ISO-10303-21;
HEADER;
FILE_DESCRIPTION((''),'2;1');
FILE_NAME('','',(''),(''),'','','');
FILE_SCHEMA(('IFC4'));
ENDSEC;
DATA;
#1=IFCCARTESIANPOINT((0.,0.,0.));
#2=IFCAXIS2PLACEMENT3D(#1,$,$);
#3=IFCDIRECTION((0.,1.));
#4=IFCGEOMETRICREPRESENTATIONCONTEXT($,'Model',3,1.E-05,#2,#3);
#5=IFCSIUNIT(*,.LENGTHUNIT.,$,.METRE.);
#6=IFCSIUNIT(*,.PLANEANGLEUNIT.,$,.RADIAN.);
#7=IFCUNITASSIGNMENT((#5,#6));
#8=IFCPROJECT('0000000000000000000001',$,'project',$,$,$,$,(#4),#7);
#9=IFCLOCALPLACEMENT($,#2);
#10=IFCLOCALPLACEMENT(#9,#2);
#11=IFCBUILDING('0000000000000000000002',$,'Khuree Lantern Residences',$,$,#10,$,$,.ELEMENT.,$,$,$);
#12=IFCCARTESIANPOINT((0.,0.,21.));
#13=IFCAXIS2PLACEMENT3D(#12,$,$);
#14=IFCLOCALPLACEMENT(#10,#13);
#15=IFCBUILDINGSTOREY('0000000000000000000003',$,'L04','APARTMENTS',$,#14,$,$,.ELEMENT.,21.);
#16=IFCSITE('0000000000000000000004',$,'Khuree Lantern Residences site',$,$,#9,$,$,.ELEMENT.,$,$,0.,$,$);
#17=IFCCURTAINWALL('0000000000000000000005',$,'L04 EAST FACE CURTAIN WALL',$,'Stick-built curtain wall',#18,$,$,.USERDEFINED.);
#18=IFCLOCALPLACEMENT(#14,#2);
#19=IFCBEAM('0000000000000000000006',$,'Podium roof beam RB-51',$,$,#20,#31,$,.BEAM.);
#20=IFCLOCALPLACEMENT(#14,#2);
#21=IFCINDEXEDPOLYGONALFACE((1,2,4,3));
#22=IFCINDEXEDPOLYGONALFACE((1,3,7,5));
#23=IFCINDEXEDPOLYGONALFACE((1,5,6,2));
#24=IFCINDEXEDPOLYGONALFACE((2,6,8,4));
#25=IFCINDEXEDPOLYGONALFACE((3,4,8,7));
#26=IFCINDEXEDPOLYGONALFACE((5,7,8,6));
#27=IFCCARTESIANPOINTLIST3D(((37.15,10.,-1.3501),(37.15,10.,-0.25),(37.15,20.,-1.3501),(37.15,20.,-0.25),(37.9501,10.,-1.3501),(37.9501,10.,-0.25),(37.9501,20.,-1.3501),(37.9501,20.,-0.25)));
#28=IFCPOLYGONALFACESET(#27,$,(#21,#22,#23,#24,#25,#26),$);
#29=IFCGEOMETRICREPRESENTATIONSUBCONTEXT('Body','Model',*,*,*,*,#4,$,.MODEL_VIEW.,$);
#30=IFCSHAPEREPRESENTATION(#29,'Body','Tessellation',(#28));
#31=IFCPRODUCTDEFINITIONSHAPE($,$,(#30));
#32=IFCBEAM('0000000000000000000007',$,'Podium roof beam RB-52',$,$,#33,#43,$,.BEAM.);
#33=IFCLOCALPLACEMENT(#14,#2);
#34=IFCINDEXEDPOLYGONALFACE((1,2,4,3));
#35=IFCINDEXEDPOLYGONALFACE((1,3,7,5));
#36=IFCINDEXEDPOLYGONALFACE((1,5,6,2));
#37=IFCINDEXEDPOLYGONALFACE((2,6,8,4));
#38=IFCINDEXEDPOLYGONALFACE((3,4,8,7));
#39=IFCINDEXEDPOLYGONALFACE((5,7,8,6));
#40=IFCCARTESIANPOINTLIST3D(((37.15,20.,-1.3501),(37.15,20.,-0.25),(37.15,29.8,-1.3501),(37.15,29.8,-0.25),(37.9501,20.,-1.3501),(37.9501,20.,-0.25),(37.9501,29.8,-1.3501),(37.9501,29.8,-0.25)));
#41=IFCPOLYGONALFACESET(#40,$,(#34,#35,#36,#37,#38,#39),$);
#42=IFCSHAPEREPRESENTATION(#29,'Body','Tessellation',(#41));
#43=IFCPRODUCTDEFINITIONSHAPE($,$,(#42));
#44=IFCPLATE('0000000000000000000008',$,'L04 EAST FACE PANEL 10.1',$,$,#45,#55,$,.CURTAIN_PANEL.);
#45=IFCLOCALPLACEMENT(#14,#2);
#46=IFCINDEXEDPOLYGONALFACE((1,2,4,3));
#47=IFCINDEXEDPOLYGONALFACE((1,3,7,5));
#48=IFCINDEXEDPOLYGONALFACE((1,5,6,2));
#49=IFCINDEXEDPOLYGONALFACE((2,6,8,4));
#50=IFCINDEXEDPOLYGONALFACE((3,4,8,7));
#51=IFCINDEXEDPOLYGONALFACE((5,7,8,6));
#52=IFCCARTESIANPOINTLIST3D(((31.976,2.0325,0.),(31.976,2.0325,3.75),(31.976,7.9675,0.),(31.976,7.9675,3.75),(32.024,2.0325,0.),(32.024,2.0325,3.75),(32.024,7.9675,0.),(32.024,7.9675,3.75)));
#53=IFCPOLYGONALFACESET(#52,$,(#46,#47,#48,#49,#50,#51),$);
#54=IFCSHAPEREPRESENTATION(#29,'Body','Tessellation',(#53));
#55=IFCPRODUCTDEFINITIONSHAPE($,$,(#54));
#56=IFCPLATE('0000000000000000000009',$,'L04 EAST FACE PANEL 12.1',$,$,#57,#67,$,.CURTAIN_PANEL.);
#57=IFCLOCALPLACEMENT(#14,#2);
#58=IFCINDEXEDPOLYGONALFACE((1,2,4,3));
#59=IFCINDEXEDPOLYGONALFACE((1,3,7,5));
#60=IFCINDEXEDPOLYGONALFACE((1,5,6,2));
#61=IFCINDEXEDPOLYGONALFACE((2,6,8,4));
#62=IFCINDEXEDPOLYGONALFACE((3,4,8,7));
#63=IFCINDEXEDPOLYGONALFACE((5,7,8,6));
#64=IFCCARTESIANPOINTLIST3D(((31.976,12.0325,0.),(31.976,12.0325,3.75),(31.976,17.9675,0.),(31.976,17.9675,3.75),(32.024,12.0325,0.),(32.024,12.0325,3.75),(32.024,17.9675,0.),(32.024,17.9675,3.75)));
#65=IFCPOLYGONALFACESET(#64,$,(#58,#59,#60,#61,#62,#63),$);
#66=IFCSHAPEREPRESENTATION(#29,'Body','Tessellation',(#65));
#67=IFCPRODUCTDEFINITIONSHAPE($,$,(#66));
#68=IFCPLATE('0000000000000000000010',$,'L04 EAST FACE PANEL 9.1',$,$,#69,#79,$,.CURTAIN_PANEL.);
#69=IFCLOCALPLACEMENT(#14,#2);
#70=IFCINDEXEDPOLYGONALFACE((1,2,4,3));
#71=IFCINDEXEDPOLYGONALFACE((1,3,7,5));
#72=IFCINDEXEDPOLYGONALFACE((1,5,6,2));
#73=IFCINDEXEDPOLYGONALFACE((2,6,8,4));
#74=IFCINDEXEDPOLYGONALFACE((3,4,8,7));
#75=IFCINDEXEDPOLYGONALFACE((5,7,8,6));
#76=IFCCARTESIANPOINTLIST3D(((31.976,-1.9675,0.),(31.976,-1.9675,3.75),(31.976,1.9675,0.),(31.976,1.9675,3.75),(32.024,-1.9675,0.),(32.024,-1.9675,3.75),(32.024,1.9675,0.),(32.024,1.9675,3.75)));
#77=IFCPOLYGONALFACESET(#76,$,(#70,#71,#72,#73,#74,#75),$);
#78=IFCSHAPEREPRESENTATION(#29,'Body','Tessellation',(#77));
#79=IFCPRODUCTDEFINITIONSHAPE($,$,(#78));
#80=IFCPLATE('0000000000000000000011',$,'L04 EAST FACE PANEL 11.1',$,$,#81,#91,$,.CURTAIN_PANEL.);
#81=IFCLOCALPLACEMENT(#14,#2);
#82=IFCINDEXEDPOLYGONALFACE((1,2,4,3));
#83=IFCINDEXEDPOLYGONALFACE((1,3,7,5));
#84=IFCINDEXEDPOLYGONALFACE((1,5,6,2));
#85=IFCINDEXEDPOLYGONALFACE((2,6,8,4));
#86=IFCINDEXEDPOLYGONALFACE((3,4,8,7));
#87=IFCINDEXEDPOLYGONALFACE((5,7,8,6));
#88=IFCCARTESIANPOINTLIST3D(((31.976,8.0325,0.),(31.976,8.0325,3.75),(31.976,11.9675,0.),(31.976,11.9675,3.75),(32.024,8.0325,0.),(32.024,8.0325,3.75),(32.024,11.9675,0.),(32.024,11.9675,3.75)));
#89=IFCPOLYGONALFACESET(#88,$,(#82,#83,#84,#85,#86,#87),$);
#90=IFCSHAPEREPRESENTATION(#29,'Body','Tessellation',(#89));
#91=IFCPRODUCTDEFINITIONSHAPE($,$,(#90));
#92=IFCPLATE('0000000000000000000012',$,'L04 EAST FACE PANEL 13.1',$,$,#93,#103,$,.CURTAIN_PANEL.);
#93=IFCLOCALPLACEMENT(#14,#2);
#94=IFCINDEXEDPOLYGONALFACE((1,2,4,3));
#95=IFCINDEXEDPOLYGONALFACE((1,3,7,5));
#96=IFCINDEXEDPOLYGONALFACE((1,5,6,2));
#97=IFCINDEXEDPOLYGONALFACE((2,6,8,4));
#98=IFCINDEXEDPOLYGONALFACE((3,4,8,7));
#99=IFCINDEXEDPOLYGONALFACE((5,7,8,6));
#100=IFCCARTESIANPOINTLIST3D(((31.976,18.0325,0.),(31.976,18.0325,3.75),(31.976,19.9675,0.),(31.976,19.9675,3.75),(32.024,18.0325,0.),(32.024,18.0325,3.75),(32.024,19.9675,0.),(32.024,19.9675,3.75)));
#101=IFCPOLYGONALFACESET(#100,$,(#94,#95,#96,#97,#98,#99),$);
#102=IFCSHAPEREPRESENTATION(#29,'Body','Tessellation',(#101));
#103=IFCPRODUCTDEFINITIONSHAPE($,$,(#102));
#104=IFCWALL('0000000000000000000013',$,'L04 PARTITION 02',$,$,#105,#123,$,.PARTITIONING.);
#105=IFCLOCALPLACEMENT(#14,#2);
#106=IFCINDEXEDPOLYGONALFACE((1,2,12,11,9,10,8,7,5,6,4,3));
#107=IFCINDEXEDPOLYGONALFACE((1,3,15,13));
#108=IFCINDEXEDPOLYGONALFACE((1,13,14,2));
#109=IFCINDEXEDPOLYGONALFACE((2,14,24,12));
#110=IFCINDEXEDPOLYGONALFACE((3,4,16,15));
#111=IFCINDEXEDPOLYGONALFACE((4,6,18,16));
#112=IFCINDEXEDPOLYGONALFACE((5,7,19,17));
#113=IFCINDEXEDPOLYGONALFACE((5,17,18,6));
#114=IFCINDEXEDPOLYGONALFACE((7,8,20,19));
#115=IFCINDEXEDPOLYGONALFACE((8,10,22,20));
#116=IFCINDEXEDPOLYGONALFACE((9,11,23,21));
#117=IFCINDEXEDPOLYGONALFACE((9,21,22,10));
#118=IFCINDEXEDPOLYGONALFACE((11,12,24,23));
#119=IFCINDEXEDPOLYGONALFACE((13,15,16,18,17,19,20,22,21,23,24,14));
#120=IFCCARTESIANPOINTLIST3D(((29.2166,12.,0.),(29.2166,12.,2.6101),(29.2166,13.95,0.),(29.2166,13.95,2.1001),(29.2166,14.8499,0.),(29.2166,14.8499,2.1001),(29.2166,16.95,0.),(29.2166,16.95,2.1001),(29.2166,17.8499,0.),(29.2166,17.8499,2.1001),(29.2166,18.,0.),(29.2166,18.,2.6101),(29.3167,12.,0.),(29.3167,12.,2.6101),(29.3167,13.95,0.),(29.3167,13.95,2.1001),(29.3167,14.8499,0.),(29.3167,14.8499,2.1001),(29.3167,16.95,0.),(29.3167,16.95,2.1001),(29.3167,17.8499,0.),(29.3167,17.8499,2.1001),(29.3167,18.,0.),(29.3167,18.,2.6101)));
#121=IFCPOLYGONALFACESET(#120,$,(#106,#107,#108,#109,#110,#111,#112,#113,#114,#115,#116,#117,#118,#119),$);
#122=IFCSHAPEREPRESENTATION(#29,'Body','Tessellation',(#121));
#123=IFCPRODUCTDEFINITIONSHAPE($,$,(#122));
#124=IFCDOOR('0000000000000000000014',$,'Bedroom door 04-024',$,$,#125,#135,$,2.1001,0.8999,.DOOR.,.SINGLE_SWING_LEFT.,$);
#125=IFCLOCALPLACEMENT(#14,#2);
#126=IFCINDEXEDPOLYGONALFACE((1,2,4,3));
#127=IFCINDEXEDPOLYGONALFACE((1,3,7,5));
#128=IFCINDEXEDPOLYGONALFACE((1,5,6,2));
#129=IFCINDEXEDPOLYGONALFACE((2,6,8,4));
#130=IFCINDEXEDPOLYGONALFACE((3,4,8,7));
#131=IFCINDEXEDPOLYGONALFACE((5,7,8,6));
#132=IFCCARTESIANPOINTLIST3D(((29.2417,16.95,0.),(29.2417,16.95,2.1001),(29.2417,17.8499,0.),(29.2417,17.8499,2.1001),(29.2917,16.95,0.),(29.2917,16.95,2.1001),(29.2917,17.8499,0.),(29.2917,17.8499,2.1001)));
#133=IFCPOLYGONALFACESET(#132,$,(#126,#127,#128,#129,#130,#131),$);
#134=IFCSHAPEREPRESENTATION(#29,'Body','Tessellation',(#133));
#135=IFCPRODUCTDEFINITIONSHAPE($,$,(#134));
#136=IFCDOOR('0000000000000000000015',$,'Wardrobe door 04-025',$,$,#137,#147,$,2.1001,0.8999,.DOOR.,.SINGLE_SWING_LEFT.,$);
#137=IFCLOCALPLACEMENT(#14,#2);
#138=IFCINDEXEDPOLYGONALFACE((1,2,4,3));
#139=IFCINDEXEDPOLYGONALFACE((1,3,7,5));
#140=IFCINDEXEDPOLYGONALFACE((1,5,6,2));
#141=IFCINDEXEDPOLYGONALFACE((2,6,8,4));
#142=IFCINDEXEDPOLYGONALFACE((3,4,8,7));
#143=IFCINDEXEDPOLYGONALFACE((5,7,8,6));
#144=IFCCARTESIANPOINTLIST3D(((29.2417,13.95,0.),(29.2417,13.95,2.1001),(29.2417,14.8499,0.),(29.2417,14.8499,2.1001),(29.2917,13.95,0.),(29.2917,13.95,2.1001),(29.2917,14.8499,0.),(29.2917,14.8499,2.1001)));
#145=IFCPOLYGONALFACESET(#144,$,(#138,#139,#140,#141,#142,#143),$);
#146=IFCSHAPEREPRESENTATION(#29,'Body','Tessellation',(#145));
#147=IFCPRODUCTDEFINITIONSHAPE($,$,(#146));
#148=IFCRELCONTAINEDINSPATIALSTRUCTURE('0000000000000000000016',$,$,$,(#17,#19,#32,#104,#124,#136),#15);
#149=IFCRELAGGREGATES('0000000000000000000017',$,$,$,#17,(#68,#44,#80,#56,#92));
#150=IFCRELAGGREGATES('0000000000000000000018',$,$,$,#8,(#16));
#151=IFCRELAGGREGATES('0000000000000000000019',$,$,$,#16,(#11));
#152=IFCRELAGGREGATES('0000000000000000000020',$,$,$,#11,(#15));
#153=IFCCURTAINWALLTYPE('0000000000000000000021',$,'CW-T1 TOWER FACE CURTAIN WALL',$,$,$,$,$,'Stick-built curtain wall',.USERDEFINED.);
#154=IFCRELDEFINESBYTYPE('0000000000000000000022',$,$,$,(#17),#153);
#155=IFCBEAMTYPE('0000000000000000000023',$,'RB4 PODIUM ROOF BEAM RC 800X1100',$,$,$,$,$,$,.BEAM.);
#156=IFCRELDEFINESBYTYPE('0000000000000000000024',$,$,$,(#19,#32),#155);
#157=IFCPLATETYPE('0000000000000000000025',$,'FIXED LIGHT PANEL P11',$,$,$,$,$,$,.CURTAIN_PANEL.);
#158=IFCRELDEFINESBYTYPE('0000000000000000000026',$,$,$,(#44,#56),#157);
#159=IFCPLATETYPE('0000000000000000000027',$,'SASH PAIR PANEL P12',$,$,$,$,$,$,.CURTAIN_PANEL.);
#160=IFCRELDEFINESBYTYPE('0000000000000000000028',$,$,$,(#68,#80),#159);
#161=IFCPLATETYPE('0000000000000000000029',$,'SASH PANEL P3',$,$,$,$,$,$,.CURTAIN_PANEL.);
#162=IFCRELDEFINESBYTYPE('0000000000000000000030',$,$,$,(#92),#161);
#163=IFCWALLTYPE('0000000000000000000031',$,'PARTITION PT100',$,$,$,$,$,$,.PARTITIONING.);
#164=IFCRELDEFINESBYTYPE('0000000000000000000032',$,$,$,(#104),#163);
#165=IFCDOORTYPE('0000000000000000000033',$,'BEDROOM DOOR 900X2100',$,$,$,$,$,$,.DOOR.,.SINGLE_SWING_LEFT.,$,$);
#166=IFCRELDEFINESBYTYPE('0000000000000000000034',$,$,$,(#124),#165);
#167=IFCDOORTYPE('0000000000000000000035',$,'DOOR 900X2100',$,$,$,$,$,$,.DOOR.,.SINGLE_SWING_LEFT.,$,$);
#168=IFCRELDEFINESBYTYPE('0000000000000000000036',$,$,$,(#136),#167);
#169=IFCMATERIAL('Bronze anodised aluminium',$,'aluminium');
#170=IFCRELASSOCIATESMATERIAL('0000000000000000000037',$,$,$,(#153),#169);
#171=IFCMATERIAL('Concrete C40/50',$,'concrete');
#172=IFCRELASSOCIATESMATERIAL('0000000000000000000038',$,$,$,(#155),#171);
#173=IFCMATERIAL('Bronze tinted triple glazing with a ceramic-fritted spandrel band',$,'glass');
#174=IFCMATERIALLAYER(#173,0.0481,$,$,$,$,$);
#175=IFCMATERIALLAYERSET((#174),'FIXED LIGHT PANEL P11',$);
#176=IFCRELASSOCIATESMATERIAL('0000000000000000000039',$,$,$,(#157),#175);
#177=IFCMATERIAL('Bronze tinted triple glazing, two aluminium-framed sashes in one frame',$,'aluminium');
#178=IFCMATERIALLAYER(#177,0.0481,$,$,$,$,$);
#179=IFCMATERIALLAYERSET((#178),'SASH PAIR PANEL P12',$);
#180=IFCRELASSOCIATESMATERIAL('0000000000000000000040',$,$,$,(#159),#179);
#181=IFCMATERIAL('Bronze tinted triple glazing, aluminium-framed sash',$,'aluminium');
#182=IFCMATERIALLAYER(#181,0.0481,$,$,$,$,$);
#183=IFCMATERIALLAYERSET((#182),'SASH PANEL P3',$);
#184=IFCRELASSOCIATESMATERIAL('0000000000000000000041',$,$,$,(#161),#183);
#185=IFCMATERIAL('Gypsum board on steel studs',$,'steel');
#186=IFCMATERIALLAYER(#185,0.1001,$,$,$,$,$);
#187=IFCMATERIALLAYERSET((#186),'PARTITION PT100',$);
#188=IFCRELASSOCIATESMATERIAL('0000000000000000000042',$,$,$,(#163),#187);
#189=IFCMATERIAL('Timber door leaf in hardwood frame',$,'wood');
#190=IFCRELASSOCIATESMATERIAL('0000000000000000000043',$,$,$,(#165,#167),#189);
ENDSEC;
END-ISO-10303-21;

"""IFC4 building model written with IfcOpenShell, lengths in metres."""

from ifc_helpers import new_model, si_unit, direction, frame, frame_2d, origin, origin_2d, place, context, subcontext, project, spatial, rectangle, extrude, material, layer, layer_set, material_profile, profile_set, type_object, element, fill, aggregate, save


model = new_model("IFC4")

# Units and contexts
model_context = context("Model", 3, precision=1e-05, world=origin(), true_north=direction((0.0, 1.0)))
body_context = subcontext(model_context, "Body", "Model", "MODEL_VIEW")
ifc_project = project(units=[si_unit("LENGTHUNIT", "METRE"), si_unit("PLANEANGLEUNIT", "RADIAN")], contexts=[model_context])

# Site, building, storey
site_placement = place(None, origin())
site = spatial("IfcSite", under=ifc_project, at=site_placement, Name="Khuree Lantern Residences site", CompositionType="ELEMENT", RefElevation=0.0)
building_placement = place(site_placement, origin())
building = spatial("IfcBuilding", under=site, at=building_placement, Name="Khuree Lantern Residences", CompositionType="ELEMENT")
storey_placement = place(building_placement, frame((0.0, 0.0, 21.0)))
storey = spatial("IfcBuildingStorey", under=building, at=storey_placement, Name="L04", Description="APARTMENTS", CompositionType="ELEMENT", Elevation=21.0)

# Curtain wall
ifc_material_1 = material(Name="Bronze anodised aluminium", Category="aluminium")
curtain_wall_type = type_object("IfcCurtainWallType", Name="CW-T1 TOWER FACE CURTAIN WALL", ElementType="Stick-built curtain wall", PredefinedType="USERDEFINED", material=ifc_material_1)
curtain_wall_placement = place(storey_placement, origin())
curtain_wall = element("IfcCurtainWall", 1, at=curtain_wall_placement, inside=storey, type_object=curtain_wall_type, Name="L04 EAST FACE CURTAIN WALL", ObjectType="Stick-built curtain wall", PredefinedType="USERDEFINED")

# Beams
ifc_material_2 = material(Name="Concrete C40/50", Category="concrete")
ifc_material_profile_1 = material_profile(ifc_material_2, rectangle(XDim=0.8, YDim=1.1001, at=origin_2d()), Name="RC 800X1100")
ifc_profile_set_1 = profile_set([ifc_material_profile_1], Name="Concrete C40/50")
beam_type_1 = type_object("IfcBeamType", Name="RB4 PODIUM ROOF BEAM RC 800X1100", PredefinedType="BEAM", material=ifc_profile_set_1)
for number, where, z_axis, x_axis, name in (
    (2, (37.55, 10.0, -0.8), (0.0, 1.0, 0.0), (-1.0, 0.0, 0.0), "Podium roof beam RB-51"),
):
    element("IfcBeam", number, at=place(storey_placement, frame(where, z_axis=z_axis, x_axis=x_axis)), inside=storey, type_object=beam_type_1, Name=name, PredefinedType="BEAM", context=body_context, shape_type="SweptSolid", body=[
        extrude(rectangle(XDim=0.8, YDim=1.1001, at=origin_2d()), origin(), (0.0, 0.0, 1.0), 10.0),
    ])
beam_1_placement = place(storey_placement, frame((37.55, 20.0, -0.8), z_axis=(0.0, 1.0, 0.0), x_axis=(-1.0, 0.0, 0.0)))
element("IfcBeam", 3, at=beam_1_placement, inside=storey, type_object=beam_type_1, Name="Podium roof beam RB-52", PredefinedType="BEAM", context=body_context, shape_type="SweptSolid", body=[
    extrude(rectangle(XDim=0.8, YDim=1.1001, at=origin_2d()), origin(), (0.0, 0.0, 1.0), 9.8),
])

# Plates
ifc_material_3 = material(Name="Bronze tinted triple glazing with a ceramic-fritted spandrel band", Category="glass")
ifc_layer_1 = layer(ifc_material_3, 0.0481)
ifc_layer_set_1 = layer_set([ifc_layer_1], Name="FIXED LIGHT PANEL P11")
plate_type_1 = type_object("IfcPlateType", Name="FIXED LIGHT PANEL P11", PredefinedType="CURTAIN_PANEL", material=ifc_layer_set_1)
plate_1_placement = place(storey_placement, frame((32.0, 5.0, 0.0), z_axis=(0.0, 0.0, 1.0), x_axis=(0.0, 1.0, 0.0)))
plate_1 = element("IfcPlate", 4, at=plate_1_placement, type_object=plate_type_1, Name="L04 EAST FACE PANEL 10.1", PredefinedType="CURTAIN_PANEL", context=body_context, shape_type="SweptSolid", body=[
    extrude(rectangle(XDim=5.9351, YDim=0.0481, at=origin_2d()), origin(), (0.0, 0.0, 1.0), 3.75),
])
plate_2_placement = place(storey_placement, frame((32.0, 15.0, 0.0), z_axis=(0.0, 0.0, 1.0), x_axis=(0.0, 1.0, 0.0)))
plate_2 = element("IfcPlate", 5, at=plate_2_placement, type_object=plate_type_1, Name="L04 EAST FACE PANEL 12.1", PredefinedType="CURTAIN_PANEL", context=body_context, shape_type="SweptSolid", body=[
    extrude(rectangle(XDim=5.9351, YDim=0.0481, at=origin_2d()), origin(), (0.0, 0.0, 1.0), 3.75),
])
ifc_material_4 = material(Name="Bronze tinted triple glazing, two aluminium-framed sashes in one frame", Category="aluminium")
ifc_layer_2 = layer(ifc_material_4, 0.0481)
ifc_layer_set_2 = layer_set([ifc_layer_2], Name="SASH PAIR PANEL P12")
plate_type_2 = type_object("IfcPlateType", Name="SASH PAIR PANEL P12", PredefinedType="CURTAIN_PANEL", material=ifc_layer_set_2)
plate_3_placement = place(storey_placement, frame((32.0, 0.0, 0.0), z_axis=(0.0, 0.0, 1.0), x_axis=(0.0, 1.0, 0.0)))
plate_3 = element("IfcPlate", 6, at=plate_3_placement, type_object=plate_type_2, Name="L04 EAST FACE PANEL 9.1", PredefinedType="CURTAIN_PANEL", context=body_context, shape_type="SweptSolid", body=[
    extrude(rectangle(XDim=3.9351, YDim=0.0481, at=origin_2d()), origin(), (0.0, 0.0, 1.0), 3.75),
])
plate_4_placement = place(storey_placement, frame((32.0, 10.0, 0.0), z_axis=(0.0, 0.0, 1.0), x_axis=(0.0, 1.0, 0.0)))
plate_4 = element("IfcPlate", 7, at=plate_4_placement, type_object=plate_type_2, Name="L04 EAST FACE PANEL 11.1", PredefinedType="CURTAIN_PANEL", context=body_context, shape_type="SweptSolid", body=[
    extrude(rectangle(XDim=3.9351, YDim=0.0481, at=origin_2d()), origin(), (0.0, 0.0, 1.0), 3.75),
])
ifc_material_5 = material(Name="Bronze tinted triple glazing, aluminium-framed sash", Category="aluminium")
ifc_layer_3 = layer(ifc_material_5, 0.0481)
ifc_layer_set_3 = layer_set([ifc_layer_3], Name="SASH PANEL P3")
plate_type_3 = type_object("IfcPlateType", Name="SASH PANEL P3", PredefinedType="CURTAIN_PANEL", material=ifc_layer_set_3)
plate_5_placement = place(storey_placement, frame((32.0, 19.0, 0.0), z_axis=(0.0, 0.0, 1.0), x_axis=(0.0, 1.0, 0.0)))
plate_5 = element("IfcPlate", 8, at=plate_5_placement, type_object=plate_type_3, Name="L04 EAST FACE PANEL 13.1", PredefinedType="CURTAIN_PANEL", context=body_context, shape_type="SweptSolid", body=[
    extrude(rectangle(XDim=1.9351, YDim=0.0481, at=origin_2d()), origin(), (0.0, 0.0, 1.0), 3.75),
])
aggregate(curtain_wall, [plate_3, plate_1, plate_4, plate_2, plate_5])

# Wall, openings, doors
ifc_material_6 = material(Name="Gypsum board on steel studs", Category="steel")
ifc_layer_4 = layer(ifc_material_6, 0.1001)
ifc_layer_set_4 = layer_set([ifc_layer_4], Name="PARTITION PT100")
wall_type = type_object("IfcWallType", Name="PARTITION PT100", PredefinedType="PARTITIONING", material=ifc_layer_set_4)
wall_placement = place(storey_placement, frame((29.2666, 12.0, 0.0), z_axis=(0.0, 0.0, 1.0), x_axis=(0.0, 1.0, 0.0)))
wall = element("IfcWall", 9, at=wall_placement, inside=storey, type_object=wall_type, Name="L04 PARTITION 02", PredefinedType="PARTITIONING", context=body_context, shape_type="SweptSolid", body=[
    extrude(rectangle(XDim=6.0, YDim=0.1001, at=frame_2d((3.0, 0.0))), origin(), (0.0, 0.0, 1.0), 2.6101),
])
opening_1_placement = place(wall_placement, frame((4.95, 0.0, 0.0)))
opening_1 = element("IfcOpeningElement", 10, at=opening_1_placement, cuts=wall, PredefinedType="OPENING", context=body_context, shape_type="SweptSolid", body=[
    extrude(rectangle(XDim=0.8999, YDim=2.1001, at=frame_2d((0.45, 1.05))), frame((0.0, 0.0601, 0.0), z_axis=(0.0, -1.0, 0.0), x_axis=(1.0, 0.0, 0.0)), (0.0, 0.0, 1.0), 0.1201),
])
opening_2_placement = place(wall_placement, frame((1.95, 0.0, 0.0)))
opening_2 = element("IfcOpeningElement", 11, at=opening_2_placement, cuts=wall, PredefinedType="OPENING", context=body_context, shape_type="SweptSolid", body=[
    extrude(rectangle(XDim=0.8999, YDim=2.1001, at=frame_2d((0.45, 1.05))), frame((0.0, 0.0601, 0.0), z_axis=(0.0, -1.0, 0.0), x_axis=(1.0, 0.0, 0.0)), (0.0, 0.0, 1.0), 0.1201),
])
ifc_material_7 = material(Name="Timber door leaf in hardwood frame", Category="wood")
door_type_1 = type_object("IfcDoorType", Name="BEDROOM DOOR 900X2100", OperationType="SINGLE_SWING_LEFT", PredefinedType="DOOR", material=ifc_material_7)
door_1_placement = place(opening_1_placement, origin())
door_1 = element("IfcDoor", 12, at=door_1_placement, inside=storey, type_object=door_type_1, Name="Bedroom door 04-024", OperationType="SINGLE_SWING_LEFT", OverallHeight=2.1001, OverallWidth=0.8999, PredefinedType="DOOR", context=body_context, shape_type="SweptSolid", body=[
    extrude(rectangle(XDim=0.8999, YDim=2.1001, at=frame_2d((0.45, 1.05))), frame((0.0, 0.0249, 0.0), z_axis=(0.0, -1.0, 0.0), x_axis=(1.0, 0.0, 0.0)), (0.0, 0.0, 1.0), 0.05),
])
fill(opening_1, door_1)
door_type_2 = type_object("IfcDoorType", Name="DOOR 900X2100", OperationType="SINGLE_SWING_LEFT", PredefinedType="DOOR", material=ifc_material_7)
door_2_placement = place(opening_2_placement, origin())
door_2 = element("IfcDoor", 13, at=door_2_placement, inside=storey, type_object=door_type_2, Name="Wardrobe door 04-025", OperationType="SINGLE_SWING_LEFT", OverallHeight=2.1001, OverallWidth=0.8999, PredefinedType="DOOR", context=body_context, shape_type="SweptSolid", body=[
    extrude(rectangle(XDim=0.8999, YDim=2.1001, at=frame_2d((0.45, 1.05))), frame((0.0, 0.0249, 0.0), z_axis=(0.0, -1.0, 0.0), x_axis=(1.0, 0.0, 0.0)), (0.0, 0.0, 1.0), 0.05),
])
fill(opening_2, door_2)

save(model, "model.ifc")
